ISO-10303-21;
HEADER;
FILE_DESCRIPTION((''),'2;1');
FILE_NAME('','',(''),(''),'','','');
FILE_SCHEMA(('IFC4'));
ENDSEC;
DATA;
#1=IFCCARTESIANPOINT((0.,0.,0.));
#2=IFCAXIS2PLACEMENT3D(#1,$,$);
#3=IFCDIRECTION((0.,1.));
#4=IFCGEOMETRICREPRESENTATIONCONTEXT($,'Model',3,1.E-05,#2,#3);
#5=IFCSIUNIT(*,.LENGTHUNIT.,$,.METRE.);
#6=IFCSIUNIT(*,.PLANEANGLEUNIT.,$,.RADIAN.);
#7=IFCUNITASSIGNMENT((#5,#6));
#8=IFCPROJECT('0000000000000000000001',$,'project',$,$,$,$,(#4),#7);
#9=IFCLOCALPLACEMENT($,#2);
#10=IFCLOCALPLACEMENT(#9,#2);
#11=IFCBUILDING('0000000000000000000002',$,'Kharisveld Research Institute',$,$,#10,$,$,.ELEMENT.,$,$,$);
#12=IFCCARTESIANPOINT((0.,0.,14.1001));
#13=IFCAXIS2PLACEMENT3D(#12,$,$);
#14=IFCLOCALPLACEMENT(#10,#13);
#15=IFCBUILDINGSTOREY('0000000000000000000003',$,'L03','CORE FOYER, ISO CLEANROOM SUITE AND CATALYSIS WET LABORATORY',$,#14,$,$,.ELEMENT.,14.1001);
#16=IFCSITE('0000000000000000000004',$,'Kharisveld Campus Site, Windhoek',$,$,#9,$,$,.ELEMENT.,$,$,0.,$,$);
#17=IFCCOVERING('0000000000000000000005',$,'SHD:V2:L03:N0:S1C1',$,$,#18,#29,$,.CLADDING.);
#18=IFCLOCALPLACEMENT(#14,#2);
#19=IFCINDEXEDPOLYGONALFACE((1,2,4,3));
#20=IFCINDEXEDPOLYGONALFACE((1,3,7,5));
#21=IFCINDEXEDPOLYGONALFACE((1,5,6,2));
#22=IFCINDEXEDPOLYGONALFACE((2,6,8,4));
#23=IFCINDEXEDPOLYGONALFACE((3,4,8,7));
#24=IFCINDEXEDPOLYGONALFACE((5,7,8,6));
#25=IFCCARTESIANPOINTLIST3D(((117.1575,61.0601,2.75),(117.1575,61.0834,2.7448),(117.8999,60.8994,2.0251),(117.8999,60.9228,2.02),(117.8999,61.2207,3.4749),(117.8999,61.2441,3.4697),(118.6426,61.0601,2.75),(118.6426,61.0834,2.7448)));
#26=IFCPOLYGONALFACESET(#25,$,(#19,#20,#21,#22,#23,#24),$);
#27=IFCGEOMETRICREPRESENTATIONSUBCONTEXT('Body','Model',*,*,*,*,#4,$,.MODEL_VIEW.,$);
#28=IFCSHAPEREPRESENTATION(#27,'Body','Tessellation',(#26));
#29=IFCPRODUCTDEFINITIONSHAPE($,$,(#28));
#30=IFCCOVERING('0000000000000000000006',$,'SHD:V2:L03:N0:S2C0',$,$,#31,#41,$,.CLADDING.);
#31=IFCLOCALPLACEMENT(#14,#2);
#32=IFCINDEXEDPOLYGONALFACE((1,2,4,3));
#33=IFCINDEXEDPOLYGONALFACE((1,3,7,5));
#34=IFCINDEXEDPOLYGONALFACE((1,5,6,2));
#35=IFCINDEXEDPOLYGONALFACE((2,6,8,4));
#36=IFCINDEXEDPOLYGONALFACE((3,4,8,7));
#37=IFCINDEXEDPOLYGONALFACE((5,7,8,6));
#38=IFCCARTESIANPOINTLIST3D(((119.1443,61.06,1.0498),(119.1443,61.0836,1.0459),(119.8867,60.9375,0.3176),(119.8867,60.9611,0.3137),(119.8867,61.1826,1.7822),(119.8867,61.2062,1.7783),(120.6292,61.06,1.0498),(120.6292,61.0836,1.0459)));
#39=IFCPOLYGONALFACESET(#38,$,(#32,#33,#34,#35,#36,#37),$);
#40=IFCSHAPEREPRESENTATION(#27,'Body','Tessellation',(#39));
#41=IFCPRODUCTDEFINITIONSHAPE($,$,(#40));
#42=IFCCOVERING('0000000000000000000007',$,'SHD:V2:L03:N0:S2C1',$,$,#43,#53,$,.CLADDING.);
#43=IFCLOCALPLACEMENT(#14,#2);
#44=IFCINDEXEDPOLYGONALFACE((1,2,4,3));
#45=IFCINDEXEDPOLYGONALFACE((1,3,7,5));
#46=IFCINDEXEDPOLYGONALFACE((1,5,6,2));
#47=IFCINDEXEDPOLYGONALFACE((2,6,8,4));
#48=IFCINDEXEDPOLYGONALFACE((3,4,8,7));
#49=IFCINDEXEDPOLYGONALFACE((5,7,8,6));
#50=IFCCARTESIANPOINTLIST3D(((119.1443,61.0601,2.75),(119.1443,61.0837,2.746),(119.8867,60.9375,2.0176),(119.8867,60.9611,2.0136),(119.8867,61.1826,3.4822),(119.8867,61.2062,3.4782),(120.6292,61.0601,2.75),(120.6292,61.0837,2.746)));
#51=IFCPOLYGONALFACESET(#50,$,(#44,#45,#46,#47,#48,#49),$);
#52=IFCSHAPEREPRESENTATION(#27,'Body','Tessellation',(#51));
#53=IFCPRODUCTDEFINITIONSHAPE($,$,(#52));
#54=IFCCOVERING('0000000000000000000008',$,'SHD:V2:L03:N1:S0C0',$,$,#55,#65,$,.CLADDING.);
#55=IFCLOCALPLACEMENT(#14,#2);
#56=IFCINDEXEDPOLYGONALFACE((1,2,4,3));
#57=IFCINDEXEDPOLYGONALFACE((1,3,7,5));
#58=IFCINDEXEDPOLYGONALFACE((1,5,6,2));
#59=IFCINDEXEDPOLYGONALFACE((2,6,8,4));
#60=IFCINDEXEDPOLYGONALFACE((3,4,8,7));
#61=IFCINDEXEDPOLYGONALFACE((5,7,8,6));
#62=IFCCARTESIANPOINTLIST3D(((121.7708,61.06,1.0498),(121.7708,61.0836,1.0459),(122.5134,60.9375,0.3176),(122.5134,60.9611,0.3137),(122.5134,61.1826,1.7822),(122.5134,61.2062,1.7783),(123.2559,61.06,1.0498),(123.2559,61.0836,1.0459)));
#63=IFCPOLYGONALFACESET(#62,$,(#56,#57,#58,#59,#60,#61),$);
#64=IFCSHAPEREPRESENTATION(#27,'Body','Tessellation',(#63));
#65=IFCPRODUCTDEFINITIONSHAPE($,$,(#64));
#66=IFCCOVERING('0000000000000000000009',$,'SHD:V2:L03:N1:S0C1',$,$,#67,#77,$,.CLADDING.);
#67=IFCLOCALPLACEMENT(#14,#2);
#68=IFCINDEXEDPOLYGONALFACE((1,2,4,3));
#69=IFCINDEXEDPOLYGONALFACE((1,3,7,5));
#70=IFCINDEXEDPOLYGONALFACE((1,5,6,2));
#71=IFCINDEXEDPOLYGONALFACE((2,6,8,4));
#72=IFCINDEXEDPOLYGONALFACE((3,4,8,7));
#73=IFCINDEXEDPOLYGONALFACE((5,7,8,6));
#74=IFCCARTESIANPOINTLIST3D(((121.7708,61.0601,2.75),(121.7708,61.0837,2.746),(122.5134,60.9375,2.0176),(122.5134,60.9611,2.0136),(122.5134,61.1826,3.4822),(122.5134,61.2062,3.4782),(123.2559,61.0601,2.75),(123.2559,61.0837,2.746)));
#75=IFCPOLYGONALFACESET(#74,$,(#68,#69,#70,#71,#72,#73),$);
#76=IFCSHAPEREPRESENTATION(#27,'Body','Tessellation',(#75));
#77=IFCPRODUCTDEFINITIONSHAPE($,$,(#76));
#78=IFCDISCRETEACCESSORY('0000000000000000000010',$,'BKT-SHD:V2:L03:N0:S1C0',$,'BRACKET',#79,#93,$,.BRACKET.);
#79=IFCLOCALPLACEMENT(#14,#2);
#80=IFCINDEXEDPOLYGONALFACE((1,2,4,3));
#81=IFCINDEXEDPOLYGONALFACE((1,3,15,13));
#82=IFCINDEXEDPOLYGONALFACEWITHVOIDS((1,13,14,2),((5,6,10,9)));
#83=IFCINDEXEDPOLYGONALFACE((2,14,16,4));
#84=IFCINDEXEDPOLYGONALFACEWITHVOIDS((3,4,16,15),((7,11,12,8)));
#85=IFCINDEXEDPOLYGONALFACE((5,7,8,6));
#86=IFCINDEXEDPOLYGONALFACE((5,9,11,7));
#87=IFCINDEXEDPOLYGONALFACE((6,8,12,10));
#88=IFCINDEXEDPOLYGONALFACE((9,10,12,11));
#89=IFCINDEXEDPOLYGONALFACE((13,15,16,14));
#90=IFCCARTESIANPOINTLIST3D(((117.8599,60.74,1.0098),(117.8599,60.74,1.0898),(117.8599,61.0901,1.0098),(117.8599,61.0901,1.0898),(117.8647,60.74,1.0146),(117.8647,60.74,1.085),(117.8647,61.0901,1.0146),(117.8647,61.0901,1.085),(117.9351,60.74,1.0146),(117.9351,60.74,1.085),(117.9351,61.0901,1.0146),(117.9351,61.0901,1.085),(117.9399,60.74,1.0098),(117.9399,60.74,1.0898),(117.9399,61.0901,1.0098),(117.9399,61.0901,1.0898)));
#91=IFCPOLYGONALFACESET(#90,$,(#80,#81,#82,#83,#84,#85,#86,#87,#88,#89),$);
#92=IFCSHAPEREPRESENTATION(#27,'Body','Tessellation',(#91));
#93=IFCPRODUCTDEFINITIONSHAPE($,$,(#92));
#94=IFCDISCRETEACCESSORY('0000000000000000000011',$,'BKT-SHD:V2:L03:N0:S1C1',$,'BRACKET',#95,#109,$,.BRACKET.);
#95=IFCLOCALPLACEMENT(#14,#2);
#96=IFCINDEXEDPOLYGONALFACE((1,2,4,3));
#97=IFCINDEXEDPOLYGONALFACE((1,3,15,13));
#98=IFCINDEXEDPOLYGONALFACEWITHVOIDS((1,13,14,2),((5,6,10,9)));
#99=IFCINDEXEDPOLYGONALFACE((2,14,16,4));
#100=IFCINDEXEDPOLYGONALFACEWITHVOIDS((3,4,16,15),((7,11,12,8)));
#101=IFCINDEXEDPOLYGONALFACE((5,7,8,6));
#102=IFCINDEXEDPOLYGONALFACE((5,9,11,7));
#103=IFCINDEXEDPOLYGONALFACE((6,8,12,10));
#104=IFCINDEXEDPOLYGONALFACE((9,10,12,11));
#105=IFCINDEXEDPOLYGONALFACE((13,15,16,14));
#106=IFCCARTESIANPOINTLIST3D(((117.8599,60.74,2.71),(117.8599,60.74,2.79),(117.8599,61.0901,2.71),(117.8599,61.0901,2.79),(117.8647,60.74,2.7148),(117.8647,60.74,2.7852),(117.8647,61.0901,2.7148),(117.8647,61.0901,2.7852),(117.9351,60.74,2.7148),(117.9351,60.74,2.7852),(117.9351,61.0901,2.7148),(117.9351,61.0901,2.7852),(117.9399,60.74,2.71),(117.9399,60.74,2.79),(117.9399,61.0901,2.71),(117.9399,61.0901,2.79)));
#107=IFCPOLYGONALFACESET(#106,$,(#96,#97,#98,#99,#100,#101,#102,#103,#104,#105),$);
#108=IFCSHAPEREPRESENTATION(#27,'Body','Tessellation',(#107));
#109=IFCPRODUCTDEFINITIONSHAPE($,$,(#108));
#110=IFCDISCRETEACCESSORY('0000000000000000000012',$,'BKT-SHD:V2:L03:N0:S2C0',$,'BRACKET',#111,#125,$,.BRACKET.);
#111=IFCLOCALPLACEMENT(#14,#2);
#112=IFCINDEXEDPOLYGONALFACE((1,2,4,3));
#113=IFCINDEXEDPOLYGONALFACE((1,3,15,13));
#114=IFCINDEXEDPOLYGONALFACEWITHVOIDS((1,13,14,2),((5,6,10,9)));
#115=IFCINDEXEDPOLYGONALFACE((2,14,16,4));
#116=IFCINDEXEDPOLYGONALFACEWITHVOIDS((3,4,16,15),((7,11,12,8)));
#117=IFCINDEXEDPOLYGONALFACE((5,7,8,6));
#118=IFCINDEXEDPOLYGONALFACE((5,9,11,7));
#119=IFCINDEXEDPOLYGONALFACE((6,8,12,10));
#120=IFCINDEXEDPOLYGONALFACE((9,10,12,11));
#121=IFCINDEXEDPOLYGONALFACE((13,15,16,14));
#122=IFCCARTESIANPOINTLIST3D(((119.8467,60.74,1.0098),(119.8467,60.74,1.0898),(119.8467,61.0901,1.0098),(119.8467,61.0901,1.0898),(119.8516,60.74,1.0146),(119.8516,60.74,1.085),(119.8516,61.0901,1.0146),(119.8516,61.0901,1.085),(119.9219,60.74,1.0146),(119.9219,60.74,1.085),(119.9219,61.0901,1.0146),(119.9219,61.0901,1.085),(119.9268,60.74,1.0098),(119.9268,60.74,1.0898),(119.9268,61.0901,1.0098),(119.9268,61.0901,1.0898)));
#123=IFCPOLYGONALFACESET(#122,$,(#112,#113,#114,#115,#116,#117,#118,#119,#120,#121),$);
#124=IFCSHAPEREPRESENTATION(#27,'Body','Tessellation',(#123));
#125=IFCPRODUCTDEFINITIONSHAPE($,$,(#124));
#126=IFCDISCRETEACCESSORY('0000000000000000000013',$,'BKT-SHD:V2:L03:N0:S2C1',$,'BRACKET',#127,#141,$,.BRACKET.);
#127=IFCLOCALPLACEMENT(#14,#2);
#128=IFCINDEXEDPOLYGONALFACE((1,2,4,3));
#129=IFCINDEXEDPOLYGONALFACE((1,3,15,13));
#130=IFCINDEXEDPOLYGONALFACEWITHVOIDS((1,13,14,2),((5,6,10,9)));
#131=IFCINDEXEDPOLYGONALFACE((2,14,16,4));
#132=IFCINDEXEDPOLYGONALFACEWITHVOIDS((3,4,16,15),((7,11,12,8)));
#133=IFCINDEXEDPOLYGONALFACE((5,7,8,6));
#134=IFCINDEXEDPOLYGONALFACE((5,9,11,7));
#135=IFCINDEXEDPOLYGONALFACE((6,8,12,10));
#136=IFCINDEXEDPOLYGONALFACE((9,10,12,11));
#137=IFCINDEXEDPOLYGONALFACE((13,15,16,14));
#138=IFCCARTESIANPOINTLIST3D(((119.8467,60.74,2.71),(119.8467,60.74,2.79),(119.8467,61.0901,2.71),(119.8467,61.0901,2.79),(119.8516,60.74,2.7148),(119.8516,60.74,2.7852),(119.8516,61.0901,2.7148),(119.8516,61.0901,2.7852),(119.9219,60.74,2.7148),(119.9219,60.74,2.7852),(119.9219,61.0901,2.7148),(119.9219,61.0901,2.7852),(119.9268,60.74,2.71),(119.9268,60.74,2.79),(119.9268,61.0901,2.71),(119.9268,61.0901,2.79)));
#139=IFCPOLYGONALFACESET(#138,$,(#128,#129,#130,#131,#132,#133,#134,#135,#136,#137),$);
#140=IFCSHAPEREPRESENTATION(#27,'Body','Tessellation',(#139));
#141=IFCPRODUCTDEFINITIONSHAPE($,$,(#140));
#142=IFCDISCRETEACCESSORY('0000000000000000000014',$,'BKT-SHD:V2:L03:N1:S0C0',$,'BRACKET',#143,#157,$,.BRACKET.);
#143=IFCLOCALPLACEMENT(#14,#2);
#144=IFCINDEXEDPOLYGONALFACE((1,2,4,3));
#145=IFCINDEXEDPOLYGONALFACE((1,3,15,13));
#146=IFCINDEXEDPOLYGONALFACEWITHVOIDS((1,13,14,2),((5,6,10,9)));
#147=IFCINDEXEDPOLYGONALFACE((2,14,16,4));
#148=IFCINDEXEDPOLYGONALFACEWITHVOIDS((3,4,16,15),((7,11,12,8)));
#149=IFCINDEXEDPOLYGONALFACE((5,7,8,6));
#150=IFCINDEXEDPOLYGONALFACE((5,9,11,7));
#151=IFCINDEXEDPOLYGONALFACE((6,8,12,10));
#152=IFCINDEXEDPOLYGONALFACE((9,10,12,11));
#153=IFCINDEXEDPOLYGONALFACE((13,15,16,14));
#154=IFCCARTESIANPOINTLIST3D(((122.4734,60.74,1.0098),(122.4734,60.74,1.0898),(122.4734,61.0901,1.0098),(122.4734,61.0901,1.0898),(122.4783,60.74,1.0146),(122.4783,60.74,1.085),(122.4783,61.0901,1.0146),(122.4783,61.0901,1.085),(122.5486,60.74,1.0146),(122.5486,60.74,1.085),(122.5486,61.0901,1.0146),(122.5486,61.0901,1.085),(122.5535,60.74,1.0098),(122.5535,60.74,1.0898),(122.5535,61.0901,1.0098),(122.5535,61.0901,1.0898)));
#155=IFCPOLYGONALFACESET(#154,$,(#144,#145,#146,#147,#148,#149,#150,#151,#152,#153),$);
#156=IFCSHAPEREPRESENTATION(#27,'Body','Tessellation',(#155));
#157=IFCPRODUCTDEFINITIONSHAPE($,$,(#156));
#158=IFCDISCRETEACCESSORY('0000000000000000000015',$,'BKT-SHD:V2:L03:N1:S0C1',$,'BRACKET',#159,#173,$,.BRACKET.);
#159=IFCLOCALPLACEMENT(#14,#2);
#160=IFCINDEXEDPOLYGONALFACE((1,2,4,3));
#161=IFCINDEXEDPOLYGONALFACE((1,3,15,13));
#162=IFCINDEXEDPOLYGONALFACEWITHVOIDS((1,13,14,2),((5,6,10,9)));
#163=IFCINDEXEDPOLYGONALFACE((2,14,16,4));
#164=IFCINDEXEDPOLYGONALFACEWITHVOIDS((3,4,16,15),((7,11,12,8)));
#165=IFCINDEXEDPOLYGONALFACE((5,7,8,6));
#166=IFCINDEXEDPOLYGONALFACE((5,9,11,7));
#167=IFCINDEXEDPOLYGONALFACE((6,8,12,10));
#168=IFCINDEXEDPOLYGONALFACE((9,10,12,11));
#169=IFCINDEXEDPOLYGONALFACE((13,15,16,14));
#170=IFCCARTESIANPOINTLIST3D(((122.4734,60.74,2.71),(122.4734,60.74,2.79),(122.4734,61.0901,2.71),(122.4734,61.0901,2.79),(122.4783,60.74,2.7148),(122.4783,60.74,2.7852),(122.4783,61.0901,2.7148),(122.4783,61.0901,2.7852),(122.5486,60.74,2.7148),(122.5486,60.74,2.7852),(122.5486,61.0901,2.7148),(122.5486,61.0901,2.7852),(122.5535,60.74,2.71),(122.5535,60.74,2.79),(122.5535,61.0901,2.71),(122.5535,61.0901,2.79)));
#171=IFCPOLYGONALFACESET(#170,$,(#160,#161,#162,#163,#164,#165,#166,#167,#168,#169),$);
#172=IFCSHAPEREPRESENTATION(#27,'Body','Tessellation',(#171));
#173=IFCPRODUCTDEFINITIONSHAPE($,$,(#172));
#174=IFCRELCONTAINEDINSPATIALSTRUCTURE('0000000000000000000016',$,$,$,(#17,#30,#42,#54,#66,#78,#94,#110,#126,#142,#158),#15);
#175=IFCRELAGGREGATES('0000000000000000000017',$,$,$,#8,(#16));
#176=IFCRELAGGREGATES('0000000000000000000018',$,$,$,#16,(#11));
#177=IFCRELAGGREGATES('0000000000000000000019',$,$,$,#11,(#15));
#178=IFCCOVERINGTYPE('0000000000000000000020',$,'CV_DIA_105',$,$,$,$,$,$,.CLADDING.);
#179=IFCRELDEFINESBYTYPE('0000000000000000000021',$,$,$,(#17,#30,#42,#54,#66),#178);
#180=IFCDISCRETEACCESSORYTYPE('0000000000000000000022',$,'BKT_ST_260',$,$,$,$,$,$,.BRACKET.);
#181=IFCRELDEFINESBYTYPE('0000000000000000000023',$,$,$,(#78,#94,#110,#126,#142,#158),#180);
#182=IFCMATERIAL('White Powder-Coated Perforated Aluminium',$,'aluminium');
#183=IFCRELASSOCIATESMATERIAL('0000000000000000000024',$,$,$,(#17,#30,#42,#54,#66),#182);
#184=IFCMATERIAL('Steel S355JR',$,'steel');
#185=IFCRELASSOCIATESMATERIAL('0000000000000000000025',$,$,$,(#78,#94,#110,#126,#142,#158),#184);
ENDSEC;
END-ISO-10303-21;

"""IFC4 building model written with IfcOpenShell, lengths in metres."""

from ifc_helpers import new_model, si_unit, direction, frame, origin, origin_2d, place, context, subcontext, project, spatial, polyline, hollow_rectangle, outline, extrude, material, type_object, element, save


model = new_model("IFC4")

# Units and contexts
model_context = context("Model", 3, precision=1e-05, world=origin(), true_north=direction((0.0, 1.0)))
body_context = subcontext(model_context, "Body", "Model", "MODEL_VIEW")
ifc_project = project(units=[si_unit("LENGTHUNIT", "METRE"), si_unit("PLANEANGLEUNIT", "RADIAN")], contexts=[model_context])

# Site, building, storey
site_placement = place(None, origin())
site = spatial("IfcSite", under=ifc_project, at=site_placement, Name="Kharisveld Campus Site, Windhoek", CompositionType="ELEMENT", RefElevation=0.0)
building_placement = place(site_placement, origin())
building = spatial("IfcBuilding", under=site, at=building_placement, Name="Kharisveld Research Institute", CompositionType="ELEMENT")
storey_placement = place(building_placement, frame((0.0, 0.0, 14.1001)))
storey = spatial("IfcBuildingStorey", under=building, at=storey_placement, Name="L03", Description="CORE FOYER, ISO CLEANROOM SUITE AND CATALYSIS WET LABORATORY", CompositionType="ELEMENT", Elevation=14.1001)

# Coverings
ifc_material_1 = material(Name="White Powder-Coated Perforated Aluminium", Category="aluminium")
covering_type = type_object("IfcCoveringType", Name="CV_DIA_105", PredefinedType="CLADDING")
for number, where, z_axis, x_axis, name in (
    (1, (117.8999, 60.8994, 2.0251), (0.0, -0.976311, 0.216373), (0.707218, 0.152975, 0.690247), "SHD:V2:L03:N0:S1C1"),
):
    element("IfcCovering", number, at=place(storey_placement, frame(where, z_axis=z_axis, x_axis=x_axis)), inside=storey, type_object=covering_type, material=ifc_material_1, Name=name, PredefinedType="CLADDING", context=body_context, shape_type="SweptSolid", body=[
        extrude(outline(polyline([(0.0, 0.0), (1.0501, 0.0), (1.0498, 1.0501), (-0.0002, 1.05), (0.0, 0.0)])), origin(), (0.0, 0.0, -1.0), 0.0239),
    ])
covering_1_placement = place(storey_placement, frame((119.8867, 60.9375, 0.3176), z_axis=(0.0, -0.986283, 0.165065), x_axis=(0.707139, 0.116714, 0.697376)))
element("IfcCovering", 2, at=covering_1_placement, inside=storey, type_object=covering_type, material=ifc_material_1, Name="SHD:V2:L03:N0:S2C0", PredefinedType="CLADDING", context=body_context, shape_type="SweptSolid", body=[
    extrude(outline(polyline([(0.0, 0.0), (1.0499, 0.0), (1.05, 1.0501), (-0.0001, 1.0499), (0.0, 0.0)])), origin(), (0.0, 0.0, -1.0), 0.0239),
])
covering_2_placement = place(storey_placement, frame((119.8867, 60.9375, 2.0176), z_axis=(0.0, -0.986283, 0.165065), x_axis=(0.707024, 0.116733, 0.697489)))
element("IfcCovering", 3, at=covering_2_placement, inside=storey, type_object=covering_type, material=ifc_material_1, Name="SHD:V2:L03:N0:S2C1", PredefinedType="CLADDING", context=body_context, shape_type="SweptSolid", body=[
    extrude(outline(polyline([(0.0, 0.0), (1.0501, 0.0), (1.0502, 1.0499), (0.0002, 1.0501), (0.0, 0.0)])), origin(), (0.0, 0.0, -1.0), 0.0239),
])
covering_3_placement = place(storey_placement, frame((122.5134, 60.9375, 0.3176), z_axis=(0.0, -0.986283, 0.165065), x_axis=(0.707139, 0.116714, 0.697376)))
element("IfcCovering", 4, at=covering_3_placement, inside=storey, type_object=covering_type, material=ifc_material_1, Name="SHD:V2:L03:N1:S0C0", PredefinedType="CLADDING", context=body_context, shape_type="SweptSolid", body=[
    extrude(outline(polyline([(0.0, 0.0), (1.0499, 0.0), (1.05, 1.0501), (-0.0003, 1.0501), (0.0, 0.0)])), origin(), (0.0, 0.0, -1.0), 0.0239),
])
covering_4_placement = place(storey_placement, frame((122.5134, 60.9375, 2.0176), z_axis=(0.0, -0.986283, 0.165065), x_axis=(0.707024, 0.116733, 0.697489)))
element("IfcCovering", 5, at=covering_4_placement, inside=storey, type_object=covering_type, material=ifc_material_1, Name="SHD:V2:L03:N1:S0C1", PredefinedType="CLADDING", context=body_context, shape_type="SweptSolid", body=[
    extrude(outline(polyline([(0.0, 0.0), (1.0501, 0.0), (1.0502, 1.0499), (0.0001, 1.0503), (0.0, 0.0)])), origin(), (0.0, 0.0, -1.0), 0.0239),
])

# Discrete accessories
ifc_material_2 = material(Name="Steel S355JR", Category="steel")
discrete_accessory_type = type_object("IfcDiscreteAccessoryType", Name="BKT_ST_260", PredefinedType="BRACKET")
for number, where, z_axis, x_axis, name in (
    (6, (117.8999, 60.74, 1.0498), (0.0, 1.0, 0.0), (-1.0, 0.0, 0.0), "BKT-SHD:V2:L03:N0:S1C0"),
    (7, (117.8999, 60.74, 2.75), (0.0, 1.0, 0.0), (-1.0, 0.0, 0.0), "BKT-SHD:V2:L03:N0:S1C1"),
    (8, (119.8867, 60.74, 1.0498), (0.0, 1.0, 0.0), (-1.0, 0.0, 0.0), "BKT-SHD:V2:L03:N0:S2C0"),
    (9, (119.8867, 60.74, 2.75), (0.0, 1.0, 0.0), (-1.0, 0.0, 0.0), "BKT-SHD:V2:L03:N0:S2C1"),
    (10, (122.5134, 60.74, 1.0498), (0.0, 1.0, 0.0), (-1.0, 0.0, 0.0), "BKT-SHD:V2:L03:N1:S0C0"),
    (11, (122.5134, 60.74, 2.75), (0.0, 1.0, 0.0), (-1.0, 0.0, 0.0), "BKT-SHD:V2:L03:N1:S0C1"),
):
    element("IfcDiscreteAccessory", number, at=place(storey_placement, frame(where, z_axis=z_axis, x_axis=x_axis)), inside=storey, type_object=discrete_accessory_type, material=ifc_material_2, Name=name, ObjectType="BRACKET", PredefinedType="BRACKET", context=body_context, shape_type="SweptSolid", body=[
        extrude(hollow_rectangle(XDim=0.0801, YDim=0.0801, WallThickness=0.0049, at=origin_2d()), origin(), (0.0, 0.0, 1.0), 0.3501),
    ])

save(model, "model.ifc")
